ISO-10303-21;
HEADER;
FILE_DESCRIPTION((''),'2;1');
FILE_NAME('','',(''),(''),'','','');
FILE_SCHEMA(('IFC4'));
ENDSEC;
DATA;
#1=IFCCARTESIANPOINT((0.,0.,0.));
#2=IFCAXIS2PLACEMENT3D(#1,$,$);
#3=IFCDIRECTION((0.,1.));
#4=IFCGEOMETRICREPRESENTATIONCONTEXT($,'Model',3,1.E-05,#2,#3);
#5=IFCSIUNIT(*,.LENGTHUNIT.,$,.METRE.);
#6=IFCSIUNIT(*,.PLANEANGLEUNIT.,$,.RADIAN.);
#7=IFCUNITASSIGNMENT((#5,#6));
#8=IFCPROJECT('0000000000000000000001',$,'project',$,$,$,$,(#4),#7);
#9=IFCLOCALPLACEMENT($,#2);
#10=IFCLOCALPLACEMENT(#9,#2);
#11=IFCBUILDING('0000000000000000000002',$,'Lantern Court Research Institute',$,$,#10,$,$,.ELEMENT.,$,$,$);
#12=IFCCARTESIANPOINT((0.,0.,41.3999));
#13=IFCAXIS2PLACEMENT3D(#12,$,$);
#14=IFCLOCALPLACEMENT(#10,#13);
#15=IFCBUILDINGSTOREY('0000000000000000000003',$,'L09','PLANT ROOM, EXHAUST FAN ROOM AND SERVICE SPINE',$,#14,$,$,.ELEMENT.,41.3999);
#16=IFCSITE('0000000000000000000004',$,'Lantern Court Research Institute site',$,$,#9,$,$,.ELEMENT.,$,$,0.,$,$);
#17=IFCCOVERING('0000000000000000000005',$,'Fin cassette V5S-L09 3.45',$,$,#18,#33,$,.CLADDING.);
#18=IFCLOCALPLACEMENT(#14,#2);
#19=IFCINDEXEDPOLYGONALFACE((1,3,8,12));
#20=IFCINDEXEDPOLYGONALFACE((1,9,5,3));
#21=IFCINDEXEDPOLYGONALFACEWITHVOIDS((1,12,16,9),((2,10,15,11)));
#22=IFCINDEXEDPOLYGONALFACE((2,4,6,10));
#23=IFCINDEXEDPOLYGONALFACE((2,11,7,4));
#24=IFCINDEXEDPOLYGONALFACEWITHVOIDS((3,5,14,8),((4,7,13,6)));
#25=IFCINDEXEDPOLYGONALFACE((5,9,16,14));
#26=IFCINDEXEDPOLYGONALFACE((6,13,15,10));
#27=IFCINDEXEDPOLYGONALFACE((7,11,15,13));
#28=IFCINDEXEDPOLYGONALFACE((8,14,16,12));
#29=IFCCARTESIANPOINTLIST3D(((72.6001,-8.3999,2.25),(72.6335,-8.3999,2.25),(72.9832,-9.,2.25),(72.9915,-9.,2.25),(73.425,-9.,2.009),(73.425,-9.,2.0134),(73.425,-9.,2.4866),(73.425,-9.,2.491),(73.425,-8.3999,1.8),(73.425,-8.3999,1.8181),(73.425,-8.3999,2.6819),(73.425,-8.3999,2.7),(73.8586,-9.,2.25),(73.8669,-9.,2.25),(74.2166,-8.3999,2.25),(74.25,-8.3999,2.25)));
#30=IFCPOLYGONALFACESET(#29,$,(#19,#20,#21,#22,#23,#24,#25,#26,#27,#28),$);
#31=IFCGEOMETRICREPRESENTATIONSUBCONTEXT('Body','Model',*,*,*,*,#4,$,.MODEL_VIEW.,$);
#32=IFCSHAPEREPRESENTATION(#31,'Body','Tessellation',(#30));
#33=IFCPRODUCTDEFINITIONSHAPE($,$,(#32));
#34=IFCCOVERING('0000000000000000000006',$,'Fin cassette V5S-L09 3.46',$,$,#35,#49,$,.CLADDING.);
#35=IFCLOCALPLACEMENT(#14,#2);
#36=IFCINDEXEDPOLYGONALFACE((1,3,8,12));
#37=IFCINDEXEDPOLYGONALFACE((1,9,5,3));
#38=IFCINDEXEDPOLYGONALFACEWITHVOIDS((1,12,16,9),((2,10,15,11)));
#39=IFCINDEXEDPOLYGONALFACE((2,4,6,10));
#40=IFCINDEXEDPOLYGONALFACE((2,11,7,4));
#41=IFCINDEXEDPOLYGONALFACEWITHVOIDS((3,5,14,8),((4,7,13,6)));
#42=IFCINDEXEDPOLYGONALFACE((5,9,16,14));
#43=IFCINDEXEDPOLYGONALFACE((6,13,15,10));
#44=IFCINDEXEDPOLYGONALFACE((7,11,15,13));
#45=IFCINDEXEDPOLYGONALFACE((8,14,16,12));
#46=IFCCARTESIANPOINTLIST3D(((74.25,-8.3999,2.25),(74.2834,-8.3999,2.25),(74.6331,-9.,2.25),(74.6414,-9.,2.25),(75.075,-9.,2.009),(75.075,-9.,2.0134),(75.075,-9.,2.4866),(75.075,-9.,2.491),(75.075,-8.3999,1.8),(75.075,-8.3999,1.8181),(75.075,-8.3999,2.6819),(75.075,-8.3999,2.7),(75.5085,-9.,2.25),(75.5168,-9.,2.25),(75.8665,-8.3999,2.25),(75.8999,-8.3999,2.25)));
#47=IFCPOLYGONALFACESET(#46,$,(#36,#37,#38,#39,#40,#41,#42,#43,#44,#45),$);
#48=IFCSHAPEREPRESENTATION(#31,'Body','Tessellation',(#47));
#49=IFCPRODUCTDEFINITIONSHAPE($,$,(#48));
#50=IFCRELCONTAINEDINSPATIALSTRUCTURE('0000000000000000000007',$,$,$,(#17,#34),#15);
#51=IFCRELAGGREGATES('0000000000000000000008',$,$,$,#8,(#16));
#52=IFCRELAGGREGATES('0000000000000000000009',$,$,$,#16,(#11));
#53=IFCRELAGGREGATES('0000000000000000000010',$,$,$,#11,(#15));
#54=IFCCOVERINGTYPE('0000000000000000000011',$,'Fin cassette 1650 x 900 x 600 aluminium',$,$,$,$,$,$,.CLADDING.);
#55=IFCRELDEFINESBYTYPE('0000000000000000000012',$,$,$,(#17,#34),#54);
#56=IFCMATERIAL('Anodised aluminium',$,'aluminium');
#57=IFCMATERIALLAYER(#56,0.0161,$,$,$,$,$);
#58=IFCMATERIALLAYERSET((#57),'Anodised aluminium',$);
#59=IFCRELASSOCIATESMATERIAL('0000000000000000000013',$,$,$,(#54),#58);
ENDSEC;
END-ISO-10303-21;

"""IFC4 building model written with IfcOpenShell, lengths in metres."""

from ifc_helpers import new_model, entity, si_unit, direction, frame, origin, place, context, subcontext, project, spatial, material, layer, layer_set, type_object, element, save


model = new_model("IFC4")

# Units and contexts
model_context = context("Model", 3, precision=1e-05, world=origin(), true_north=direction((0.0, 1.0)))
body_context = subcontext(model_context, "Body", "Model", "MODEL_VIEW")
ifc_project = project(units=[si_unit("LENGTHUNIT", "METRE"), si_unit("PLANEANGLEUNIT", "RADIAN")], contexts=[model_context])

# Site, building, storey
site_placement = place(None, origin())
site = spatial("IfcSite", under=ifc_project, at=site_placement, Name="Lantern Court Research Institute site", CompositionType="ELEMENT", RefElevation=0.0)
building_placement = place(site_placement, origin())
building = spatial("IfcBuilding", under=site, at=building_placement, Name="Lantern Court Research Institute", CompositionType="ELEMENT")
storey_placement = place(building_placement, frame((0.0, 0.0, 41.3999)))
storey = spatial("IfcBuildingStorey", under=building, at=storey_placement, Name="L09", Description="PLANT ROOM, EXHAUST FAN ROOM AND SERVICE SPINE", CompositionType="ELEMENT", Elevation=41.3999)

# Coverings
ifc_material_1 = material(Name="Anodised aluminium", Category="aluminium")
ifc_layer_1 = layer(ifc_material_1, 0.0161)
ifc_layer_set_1 = layer_set([ifc_layer_1], Name="Anodised aluminium")
covering_type = type_object("IfcCoveringType", Name="Fin cassette 1650 x 900 x 600 aluminium", PredefinedType="CLADDING", material=ifc_layer_set_1)
covering_1_placement = place(storey_placement, frame((73.425, -8.3999, 2.25), z_axis=(0.0, -1.0, 0.0), x_axis=(1.0, 0.0, 0.0)))
cartesian_point_1 = entity("IfcCartesianPoint", [0.825, 0.0])
cartesian_point_2 = entity("IfcCartesianPoint", [0.7915, 0.0])
cartesian_point_3 = entity("IfcCartesianPoint", [0.4419, 0.0])
cartesian_point_4 = entity("IfcCartesianPoint", [0.4336, 0.0])
element("IfcCovering", 1, at=covering_1_placement, inside=storey, type_object=covering_type, Name="Fin cassette V5S-L09 3.45", PredefinedType="CLADDING", context=body_context, shape_type="SweptSolid", body=[
    entity("IfcExtrudedAreaSolidTapered", entity("IfcArbitraryProfileDefWithVoids", "AREA", None, entity("IfcPolyline", [cartesian_point_1, entity("IfcCartesianPoint", [0.0, 0.45]), entity("IfcCartesianPoint", [-0.825, 0.0]), entity("IfcCartesianPoint", [0.0, -0.45]), cartesian_point_1]), [entity("IfcPolyline", [cartesian_point_2, entity("IfcCartesianPoint", [0.0, 0.4319]), entity("IfcCartesianPoint", [-0.7915, 0.0]), entity("IfcCartesianPoint", [0.0, -0.4319]), cartesian_point_2])]), entity("IfcAxis2Placement3D", entity("IfcCartesianPoint", [0.0, 0.0, 0.0])), entity("IfcDirection", [0.0, 0.0, 1.0]), 0.6001, entity("IfcArbitraryProfileDefWithVoids", "AREA", None, entity("IfcPolyline", [cartesian_point_3, entity("IfcCartesianPoint", [0.0, 0.241]), entity("IfcCartesianPoint", [-0.4419, 0.0]), entity("IfcCartesianPoint", [0.0, -0.241]), cartesian_point_3]), [entity("IfcPolyline", [cartesian_point_4, entity("IfcCartesianPoint", [0.0, 0.2366]), entity("IfcCartesianPoint", [-0.4336, 0.0]), entity("IfcCartesianPoint", [0.0, -0.2366]), cartesian_point_4])])),
])
covering_2_placement = place(storey_placement, frame((75.075, -8.3999, 2.25), z_axis=(0.0, -1.0, 0.0), x_axis=(1.0, 0.0, 0.0)))
cartesian_point_5 = entity("IfcCartesianPoint", [0.825, 0.0])
cartesian_point_6 = entity("IfcCartesianPoint", [0.7915, 0.0])
cartesian_point_7 = entity("IfcCartesianPoint", [0.4419, 0.0])
cartesian_point_8 = entity("IfcCartesianPoint", [0.4336, 0.0])
element("IfcCovering", 2, at=covering_2_placement, inside=storey, type_object=covering_type, Name="Fin cassette V5S-L09 3.46", PredefinedType="CLADDING", context=body_context, shape_type="SweptSolid", body=[
    entity("IfcExtrudedAreaSolidTapered", entity("IfcArbitraryProfileDefWithVoids", "AREA", None, entity("IfcPolyline", [cartesian_point_5, entity("IfcCartesianPoint", [0.0, 0.45]), entity("IfcCartesianPoint", [-0.825, 0.0]), entity("IfcCartesianPoint", [0.0, -0.45]), cartesian_point_5]), [entity("IfcPolyline", [cartesian_point_6, entity("IfcCartesianPoint", [0.0, 0.4319]), entity("IfcCartesianPoint", [-0.7915, 0.0]), entity("IfcCartesianPoint", [0.0, -0.4319]), cartesian_point_6])]), entity("IfcAxis2Placement3D", entity("IfcCartesianPoint", [0.0, 0.0, 0.0])), entity("IfcDirection", [0.0, 0.0, 1.0]), 0.6001, entity("IfcArbitraryProfileDefWithVoids", "AREA", None, entity("IfcPolyline", [cartesian_point_7, entity("IfcCartesianPoint", [0.0, 0.241]), entity("IfcCartesianPoint", [-0.4419, 0.0]), entity("IfcCartesianPoint", [0.0, -0.241]), cartesian_point_7]), [entity("IfcPolyline", [cartesian_point_8, entity("IfcCartesianPoint", [0.0, 0.2366]), entity("IfcCartesianPoint", [-0.4336, 0.0]), entity("IfcCartesianPoint", [0.0, -0.2366]), cartesian_point_8])])),
])

save(model, "model.ifc")
